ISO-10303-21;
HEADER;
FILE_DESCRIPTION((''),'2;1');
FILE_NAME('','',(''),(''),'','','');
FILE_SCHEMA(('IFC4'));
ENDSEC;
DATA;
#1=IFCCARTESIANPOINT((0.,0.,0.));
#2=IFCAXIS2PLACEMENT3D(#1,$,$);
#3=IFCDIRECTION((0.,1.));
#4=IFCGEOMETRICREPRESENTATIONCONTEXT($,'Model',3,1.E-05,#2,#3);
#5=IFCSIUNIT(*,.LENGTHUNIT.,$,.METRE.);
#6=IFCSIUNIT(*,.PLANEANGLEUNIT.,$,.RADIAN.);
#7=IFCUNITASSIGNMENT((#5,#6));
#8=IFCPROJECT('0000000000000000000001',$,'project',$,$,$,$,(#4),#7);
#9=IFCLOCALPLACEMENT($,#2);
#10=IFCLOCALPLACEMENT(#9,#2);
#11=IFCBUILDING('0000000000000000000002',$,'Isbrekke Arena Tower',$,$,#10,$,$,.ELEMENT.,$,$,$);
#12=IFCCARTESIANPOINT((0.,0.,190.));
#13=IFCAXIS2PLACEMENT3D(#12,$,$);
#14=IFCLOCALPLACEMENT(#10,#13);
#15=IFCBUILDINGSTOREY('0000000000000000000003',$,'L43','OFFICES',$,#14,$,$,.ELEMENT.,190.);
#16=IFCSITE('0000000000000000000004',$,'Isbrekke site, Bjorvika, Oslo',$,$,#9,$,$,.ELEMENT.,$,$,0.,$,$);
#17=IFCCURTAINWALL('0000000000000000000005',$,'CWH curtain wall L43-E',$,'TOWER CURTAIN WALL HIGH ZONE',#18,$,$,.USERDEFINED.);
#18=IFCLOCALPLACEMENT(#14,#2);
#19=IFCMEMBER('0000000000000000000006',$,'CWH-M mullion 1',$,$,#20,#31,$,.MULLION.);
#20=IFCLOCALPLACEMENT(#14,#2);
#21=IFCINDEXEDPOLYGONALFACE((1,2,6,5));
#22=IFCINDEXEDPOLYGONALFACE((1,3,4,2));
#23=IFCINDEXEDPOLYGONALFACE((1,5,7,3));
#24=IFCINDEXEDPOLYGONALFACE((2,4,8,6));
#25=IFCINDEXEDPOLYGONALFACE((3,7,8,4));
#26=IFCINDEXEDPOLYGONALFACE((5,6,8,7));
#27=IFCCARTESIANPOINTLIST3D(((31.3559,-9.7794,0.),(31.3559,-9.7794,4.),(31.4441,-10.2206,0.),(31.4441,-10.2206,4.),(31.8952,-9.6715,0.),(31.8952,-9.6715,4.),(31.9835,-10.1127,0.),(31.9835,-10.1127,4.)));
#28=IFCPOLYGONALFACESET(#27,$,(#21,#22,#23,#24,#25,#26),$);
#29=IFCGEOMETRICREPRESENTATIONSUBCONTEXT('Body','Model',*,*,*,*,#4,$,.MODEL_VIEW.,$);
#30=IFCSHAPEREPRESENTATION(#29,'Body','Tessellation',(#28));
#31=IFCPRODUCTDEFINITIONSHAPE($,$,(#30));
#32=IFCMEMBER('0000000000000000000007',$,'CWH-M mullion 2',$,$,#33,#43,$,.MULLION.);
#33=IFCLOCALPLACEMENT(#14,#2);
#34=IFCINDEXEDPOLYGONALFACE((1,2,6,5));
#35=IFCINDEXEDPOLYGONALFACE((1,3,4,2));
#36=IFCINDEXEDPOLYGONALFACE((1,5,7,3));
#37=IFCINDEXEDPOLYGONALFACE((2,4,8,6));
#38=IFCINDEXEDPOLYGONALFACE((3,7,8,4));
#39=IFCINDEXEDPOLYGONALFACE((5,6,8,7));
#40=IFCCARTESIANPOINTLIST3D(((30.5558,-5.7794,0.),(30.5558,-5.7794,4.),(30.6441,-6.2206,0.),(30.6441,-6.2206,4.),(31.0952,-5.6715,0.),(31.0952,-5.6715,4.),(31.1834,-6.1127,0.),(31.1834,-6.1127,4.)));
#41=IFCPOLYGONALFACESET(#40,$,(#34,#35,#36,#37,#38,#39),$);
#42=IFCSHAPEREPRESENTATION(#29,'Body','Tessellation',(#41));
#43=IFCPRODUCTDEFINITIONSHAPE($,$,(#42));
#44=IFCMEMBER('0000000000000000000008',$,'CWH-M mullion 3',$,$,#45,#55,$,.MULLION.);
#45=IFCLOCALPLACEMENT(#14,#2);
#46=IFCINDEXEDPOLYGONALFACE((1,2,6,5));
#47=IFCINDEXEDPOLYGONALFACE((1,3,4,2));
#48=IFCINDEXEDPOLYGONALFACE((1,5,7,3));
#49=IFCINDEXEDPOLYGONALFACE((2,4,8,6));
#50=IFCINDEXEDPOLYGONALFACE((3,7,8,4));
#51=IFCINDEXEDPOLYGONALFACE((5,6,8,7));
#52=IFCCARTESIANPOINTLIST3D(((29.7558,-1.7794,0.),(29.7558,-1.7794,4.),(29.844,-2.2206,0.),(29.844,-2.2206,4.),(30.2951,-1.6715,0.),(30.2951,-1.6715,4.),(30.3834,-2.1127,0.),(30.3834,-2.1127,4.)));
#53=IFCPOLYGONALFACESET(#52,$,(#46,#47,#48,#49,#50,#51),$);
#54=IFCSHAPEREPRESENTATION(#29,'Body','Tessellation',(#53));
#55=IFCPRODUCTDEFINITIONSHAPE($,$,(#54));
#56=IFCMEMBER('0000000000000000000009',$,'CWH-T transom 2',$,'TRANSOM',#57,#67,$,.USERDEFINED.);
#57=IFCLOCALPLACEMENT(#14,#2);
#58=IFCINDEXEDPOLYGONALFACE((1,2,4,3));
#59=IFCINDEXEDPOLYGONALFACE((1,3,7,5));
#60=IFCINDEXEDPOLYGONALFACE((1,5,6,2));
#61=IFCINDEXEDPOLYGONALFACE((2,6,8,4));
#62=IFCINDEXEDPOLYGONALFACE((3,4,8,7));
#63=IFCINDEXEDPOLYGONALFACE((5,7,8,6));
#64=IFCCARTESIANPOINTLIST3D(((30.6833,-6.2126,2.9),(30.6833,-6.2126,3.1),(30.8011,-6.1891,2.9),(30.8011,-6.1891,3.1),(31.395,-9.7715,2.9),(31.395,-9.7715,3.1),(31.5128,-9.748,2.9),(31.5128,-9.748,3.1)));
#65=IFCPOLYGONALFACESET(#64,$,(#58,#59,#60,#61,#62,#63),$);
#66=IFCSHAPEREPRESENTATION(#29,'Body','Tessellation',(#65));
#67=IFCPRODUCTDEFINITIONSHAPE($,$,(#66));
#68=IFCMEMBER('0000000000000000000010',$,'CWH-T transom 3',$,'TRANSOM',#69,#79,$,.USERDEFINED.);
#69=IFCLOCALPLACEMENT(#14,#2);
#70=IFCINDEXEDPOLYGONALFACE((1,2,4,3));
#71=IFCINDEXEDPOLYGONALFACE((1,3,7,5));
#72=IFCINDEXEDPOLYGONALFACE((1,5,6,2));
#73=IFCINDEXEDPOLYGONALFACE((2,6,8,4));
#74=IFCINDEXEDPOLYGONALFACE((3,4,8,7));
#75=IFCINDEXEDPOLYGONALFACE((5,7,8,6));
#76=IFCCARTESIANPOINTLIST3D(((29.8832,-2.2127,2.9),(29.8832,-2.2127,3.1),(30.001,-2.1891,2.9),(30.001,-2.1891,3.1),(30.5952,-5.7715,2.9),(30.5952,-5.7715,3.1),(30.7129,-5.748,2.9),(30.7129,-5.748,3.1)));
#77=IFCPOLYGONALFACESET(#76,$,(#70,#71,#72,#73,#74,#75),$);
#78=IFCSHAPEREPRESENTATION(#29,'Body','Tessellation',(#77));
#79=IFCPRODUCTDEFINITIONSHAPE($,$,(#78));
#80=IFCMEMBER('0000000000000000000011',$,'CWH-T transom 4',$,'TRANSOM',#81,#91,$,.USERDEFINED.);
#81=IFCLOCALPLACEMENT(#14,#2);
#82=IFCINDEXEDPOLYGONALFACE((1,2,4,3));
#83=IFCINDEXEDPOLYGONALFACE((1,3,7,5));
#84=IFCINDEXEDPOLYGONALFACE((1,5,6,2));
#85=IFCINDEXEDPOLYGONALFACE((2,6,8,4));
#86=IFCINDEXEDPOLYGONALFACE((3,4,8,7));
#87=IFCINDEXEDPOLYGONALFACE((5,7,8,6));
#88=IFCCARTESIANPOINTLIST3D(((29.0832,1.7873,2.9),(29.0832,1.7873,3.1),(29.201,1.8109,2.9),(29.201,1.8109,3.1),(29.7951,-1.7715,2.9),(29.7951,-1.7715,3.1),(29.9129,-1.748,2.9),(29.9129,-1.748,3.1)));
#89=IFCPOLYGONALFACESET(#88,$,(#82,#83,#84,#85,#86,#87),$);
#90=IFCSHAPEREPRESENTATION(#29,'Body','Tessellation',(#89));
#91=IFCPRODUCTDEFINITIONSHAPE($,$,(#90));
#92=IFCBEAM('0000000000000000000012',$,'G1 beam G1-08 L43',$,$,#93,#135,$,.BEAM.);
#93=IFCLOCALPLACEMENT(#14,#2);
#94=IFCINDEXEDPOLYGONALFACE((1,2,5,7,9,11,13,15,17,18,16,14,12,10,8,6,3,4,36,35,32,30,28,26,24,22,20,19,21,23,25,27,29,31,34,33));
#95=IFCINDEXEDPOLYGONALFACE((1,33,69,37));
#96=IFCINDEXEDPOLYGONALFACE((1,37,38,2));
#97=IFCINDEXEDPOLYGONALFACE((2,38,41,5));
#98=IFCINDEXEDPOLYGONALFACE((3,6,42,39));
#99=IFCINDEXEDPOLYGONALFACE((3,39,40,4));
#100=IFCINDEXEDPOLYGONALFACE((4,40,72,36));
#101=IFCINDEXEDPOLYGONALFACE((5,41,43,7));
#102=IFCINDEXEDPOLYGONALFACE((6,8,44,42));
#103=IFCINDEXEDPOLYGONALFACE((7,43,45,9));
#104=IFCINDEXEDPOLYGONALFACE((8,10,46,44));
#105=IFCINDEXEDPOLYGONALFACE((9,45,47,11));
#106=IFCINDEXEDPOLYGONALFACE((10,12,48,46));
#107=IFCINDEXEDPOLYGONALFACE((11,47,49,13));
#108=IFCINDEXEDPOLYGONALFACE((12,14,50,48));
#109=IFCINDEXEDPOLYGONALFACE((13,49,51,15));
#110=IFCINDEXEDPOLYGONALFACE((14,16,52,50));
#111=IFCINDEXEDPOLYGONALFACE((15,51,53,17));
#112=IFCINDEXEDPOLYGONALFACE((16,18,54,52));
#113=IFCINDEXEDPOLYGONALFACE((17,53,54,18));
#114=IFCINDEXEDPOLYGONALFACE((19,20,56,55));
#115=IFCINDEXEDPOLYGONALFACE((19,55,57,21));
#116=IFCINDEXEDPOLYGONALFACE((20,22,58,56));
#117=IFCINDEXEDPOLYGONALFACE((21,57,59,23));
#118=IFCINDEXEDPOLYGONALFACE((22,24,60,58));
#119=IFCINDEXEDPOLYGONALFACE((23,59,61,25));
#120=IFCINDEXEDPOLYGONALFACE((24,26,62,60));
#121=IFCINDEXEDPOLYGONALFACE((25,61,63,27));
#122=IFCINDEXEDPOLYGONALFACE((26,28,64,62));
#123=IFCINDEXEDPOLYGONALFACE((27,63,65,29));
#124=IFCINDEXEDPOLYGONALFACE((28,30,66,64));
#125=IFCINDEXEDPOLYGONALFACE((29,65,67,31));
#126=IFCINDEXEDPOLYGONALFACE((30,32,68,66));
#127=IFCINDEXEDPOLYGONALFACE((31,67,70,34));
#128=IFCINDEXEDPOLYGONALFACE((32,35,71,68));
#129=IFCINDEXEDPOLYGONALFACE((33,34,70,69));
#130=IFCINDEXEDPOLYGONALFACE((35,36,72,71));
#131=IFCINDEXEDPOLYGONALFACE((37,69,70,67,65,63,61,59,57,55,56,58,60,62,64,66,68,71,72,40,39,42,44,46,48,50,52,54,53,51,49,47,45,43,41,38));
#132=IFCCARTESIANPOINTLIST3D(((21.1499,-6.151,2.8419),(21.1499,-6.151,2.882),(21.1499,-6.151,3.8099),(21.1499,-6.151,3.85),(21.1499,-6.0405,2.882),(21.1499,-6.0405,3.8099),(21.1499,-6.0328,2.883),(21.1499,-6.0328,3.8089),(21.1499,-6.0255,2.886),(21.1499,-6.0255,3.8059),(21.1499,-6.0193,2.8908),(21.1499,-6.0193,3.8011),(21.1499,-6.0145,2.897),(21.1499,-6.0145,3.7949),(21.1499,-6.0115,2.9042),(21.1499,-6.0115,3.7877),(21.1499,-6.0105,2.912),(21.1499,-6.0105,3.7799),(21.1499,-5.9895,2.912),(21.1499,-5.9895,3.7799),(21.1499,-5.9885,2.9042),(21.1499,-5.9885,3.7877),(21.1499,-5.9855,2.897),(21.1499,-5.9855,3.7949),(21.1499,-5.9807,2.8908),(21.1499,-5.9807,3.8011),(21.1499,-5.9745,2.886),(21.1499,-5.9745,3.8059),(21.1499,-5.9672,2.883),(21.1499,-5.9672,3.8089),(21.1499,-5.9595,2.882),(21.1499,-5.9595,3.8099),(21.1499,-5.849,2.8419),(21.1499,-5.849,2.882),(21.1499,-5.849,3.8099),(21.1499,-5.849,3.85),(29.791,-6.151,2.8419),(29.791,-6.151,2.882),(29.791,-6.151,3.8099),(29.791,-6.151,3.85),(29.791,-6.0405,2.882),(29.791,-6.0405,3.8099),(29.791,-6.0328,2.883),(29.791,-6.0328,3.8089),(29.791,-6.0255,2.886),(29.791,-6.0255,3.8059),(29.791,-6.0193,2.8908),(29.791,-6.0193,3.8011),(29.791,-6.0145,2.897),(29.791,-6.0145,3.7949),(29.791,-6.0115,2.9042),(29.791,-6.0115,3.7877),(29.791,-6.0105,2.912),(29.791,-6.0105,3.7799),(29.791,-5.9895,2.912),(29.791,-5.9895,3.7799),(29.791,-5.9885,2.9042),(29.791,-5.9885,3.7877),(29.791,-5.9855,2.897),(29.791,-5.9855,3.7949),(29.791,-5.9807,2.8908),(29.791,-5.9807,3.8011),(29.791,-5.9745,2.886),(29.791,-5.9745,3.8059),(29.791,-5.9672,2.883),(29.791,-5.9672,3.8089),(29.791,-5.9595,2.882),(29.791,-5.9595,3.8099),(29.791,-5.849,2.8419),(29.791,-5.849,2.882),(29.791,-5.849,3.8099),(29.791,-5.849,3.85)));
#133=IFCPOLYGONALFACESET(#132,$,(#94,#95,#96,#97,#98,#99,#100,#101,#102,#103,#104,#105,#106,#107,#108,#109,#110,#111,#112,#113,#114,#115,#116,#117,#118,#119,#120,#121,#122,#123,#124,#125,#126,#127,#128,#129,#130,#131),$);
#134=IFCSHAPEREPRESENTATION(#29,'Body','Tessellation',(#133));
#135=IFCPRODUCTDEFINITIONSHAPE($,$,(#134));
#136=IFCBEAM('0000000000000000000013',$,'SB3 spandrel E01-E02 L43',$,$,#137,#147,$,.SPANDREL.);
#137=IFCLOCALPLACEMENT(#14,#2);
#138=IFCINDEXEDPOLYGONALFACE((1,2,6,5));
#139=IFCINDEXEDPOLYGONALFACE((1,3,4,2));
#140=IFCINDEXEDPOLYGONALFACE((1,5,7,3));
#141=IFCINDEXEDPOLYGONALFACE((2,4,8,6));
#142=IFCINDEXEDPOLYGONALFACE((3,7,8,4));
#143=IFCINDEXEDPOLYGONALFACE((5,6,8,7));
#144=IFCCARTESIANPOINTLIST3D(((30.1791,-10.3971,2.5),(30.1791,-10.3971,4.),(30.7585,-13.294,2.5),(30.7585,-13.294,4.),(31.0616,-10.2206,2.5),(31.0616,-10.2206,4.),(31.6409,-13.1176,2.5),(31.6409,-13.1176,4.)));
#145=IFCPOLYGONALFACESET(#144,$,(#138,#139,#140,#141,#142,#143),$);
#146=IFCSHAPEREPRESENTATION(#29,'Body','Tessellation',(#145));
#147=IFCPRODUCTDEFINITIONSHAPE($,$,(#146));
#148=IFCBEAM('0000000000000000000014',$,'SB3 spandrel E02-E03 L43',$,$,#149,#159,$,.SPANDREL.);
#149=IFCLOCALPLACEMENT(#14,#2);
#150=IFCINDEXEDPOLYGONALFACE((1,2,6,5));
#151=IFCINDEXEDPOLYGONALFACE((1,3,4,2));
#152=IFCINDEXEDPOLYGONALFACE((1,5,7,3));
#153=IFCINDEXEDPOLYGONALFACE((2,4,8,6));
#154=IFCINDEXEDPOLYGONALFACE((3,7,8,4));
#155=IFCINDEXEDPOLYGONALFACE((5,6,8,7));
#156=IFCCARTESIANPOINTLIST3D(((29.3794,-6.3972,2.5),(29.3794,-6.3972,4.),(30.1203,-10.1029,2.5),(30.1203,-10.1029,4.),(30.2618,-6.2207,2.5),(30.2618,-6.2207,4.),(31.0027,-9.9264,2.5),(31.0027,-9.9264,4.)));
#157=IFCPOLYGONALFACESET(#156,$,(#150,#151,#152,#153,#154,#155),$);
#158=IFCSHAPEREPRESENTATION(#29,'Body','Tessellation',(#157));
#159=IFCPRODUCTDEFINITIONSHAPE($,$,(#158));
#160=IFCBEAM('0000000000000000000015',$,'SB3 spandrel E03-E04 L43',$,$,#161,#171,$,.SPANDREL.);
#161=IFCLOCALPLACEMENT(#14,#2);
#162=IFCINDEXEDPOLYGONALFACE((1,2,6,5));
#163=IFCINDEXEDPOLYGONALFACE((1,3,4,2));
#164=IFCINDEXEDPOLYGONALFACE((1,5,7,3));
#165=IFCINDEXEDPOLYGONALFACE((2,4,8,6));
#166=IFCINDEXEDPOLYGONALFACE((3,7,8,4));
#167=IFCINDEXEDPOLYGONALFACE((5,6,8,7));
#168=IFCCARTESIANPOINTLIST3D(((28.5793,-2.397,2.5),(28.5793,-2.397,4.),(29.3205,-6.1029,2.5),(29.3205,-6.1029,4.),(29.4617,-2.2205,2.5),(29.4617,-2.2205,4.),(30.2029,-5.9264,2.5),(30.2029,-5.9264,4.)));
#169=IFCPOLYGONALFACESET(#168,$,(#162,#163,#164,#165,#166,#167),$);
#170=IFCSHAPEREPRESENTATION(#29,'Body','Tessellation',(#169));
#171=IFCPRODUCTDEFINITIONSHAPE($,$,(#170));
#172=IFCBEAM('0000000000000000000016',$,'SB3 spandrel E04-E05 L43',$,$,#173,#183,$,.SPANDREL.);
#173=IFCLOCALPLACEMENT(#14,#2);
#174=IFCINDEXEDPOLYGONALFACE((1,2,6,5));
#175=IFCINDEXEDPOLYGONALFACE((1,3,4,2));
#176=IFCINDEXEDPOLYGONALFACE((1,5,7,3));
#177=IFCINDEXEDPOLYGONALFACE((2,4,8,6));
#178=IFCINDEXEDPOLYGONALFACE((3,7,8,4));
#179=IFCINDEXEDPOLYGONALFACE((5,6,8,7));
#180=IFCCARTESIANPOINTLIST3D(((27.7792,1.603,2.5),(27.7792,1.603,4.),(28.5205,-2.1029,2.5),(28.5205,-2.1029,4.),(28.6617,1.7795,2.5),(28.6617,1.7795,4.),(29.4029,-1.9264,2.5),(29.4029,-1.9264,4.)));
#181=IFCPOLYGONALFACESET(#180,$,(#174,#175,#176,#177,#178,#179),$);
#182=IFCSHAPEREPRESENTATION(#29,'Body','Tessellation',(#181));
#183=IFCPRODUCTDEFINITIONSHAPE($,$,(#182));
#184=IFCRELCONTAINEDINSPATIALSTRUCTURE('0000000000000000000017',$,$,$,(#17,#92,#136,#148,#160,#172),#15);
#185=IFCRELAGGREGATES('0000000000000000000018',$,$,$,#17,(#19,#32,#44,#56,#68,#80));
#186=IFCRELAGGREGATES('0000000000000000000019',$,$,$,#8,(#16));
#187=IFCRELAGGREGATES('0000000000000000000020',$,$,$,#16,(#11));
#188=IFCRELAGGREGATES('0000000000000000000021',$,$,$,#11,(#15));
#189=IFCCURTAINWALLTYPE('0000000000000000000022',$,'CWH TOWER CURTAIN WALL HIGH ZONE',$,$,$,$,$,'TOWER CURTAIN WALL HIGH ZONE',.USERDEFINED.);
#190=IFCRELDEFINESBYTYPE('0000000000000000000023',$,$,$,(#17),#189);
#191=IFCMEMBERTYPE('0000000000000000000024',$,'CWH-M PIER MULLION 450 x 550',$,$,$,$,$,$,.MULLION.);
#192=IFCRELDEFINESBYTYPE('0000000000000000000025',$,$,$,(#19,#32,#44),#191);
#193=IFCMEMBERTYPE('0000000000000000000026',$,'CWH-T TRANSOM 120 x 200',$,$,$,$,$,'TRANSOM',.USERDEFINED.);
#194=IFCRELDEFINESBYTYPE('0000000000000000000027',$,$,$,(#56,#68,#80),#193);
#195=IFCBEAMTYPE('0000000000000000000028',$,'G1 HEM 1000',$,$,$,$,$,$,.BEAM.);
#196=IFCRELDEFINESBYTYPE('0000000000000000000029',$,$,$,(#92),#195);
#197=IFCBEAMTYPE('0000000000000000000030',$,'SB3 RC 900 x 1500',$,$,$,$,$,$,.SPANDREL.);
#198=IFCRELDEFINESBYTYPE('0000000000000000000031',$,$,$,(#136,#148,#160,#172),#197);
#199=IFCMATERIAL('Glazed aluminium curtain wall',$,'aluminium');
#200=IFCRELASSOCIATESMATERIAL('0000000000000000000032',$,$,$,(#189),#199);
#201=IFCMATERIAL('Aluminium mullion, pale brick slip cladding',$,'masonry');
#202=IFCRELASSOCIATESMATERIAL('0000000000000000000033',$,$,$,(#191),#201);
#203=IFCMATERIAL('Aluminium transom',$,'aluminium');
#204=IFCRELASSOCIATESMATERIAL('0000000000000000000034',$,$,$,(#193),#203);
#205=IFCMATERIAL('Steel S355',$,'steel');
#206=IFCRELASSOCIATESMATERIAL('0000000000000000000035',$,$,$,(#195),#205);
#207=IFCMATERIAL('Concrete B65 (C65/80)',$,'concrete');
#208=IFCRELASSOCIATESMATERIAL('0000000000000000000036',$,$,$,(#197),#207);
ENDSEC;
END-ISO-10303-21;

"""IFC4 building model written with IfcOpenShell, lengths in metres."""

from ifc_helpers import new_model, si_unit, direction, frame, origin, origin_2d, place, context, subcontext, project, spatial, rectangle, i_section, extrude, material, material_profile, profile_set, type_object, element, aggregate, save


model = new_model("IFC4")

# Units and contexts
model_context = context("Model", 3, precision=1e-05, world=origin(), true_north=direction((0.0, 1.0)))
body_context = subcontext(model_context, "Body", "Model", "MODEL_VIEW")
ifc_project = project(units=[si_unit("LENGTHUNIT", "METRE"), si_unit("PLANEANGLEUNIT", "RADIAN")], contexts=[model_context])

# Site, building, storey
site_placement = place(None, origin())
site = spatial("IfcSite", under=ifc_project, at=site_placement, Name="Isbrekke site, Bjorvika, Oslo", CompositionType="ELEMENT", RefElevation=0.0)
building_placement = place(site_placement, origin())
building = spatial("IfcBuilding", under=site, at=building_placement, Name="Isbrekke Arena Tower", CompositionType="ELEMENT")
storey_placement = place(building_placement, frame((0.0, 0.0, 190.0)))
storey = spatial("IfcBuildingStorey", under=building, at=storey_placement, Name="L43", Description="OFFICES", CompositionType="ELEMENT", Elevation=190.0)

# Curtain wall, members
ifc_material_1 = material(Name="Glazed aluminium curtain wall", Category="aluminium")
curtain_wall_type = type_object("IfcCurtainWallType", Name="CWH TOWER CURTAIN WALL HIGH ZONE", ElementType="TOWER CURTAIN WALL HIGH ZONE", PredefinedType="USERDEFINED", material=ifc_material_1)
curtain_wall_placement = place(storey_placement, origin())
curtain_wall = element("IfcCurtainWall", 1, at=curtain_wall_placement, inside=storey, type_object=curtain_wall_type, Name="CWH curtain wall L43-E", ObjectType="TOWER CURTAIN WALL HIGH ZONE", PredefinedType="USERDEFINED")
ifc_material_2 = material(Name="Aluminium mullion, pale brick slip cladding", Category="masonry")
ifc_material_profile_1 = material_profile(ifc_material_2, rectangle(XDim=0.45, YDim=0.55, at=origin_2d()), Name="PIER 450X550")
ifc_profile_set_1 = profile_set([ifc_material_profile_1], Name="Aluminium mullion, pale brick slip cladding")
member_type_1 = type_object("IfcMemberType", Name="CWH-M PIER MULLION 450 x 550", PredefinedType="MULLION", material=ifc_profile_set_1)
member_1_placement = place(storey_placement, frame((31.6697, -9.946, 0.0), z_axis=(0.0, 0.0, 1.0), x_axis=(-0.196116, 0.980581, 0.0)))
member_1 = element("IfcMember", 2, at=member_1_placement, type_object=member_type_1, Name="CWH-M mullion 1", PredefinedType="MULLION", context=body_context, shape_type="SweptSolid", body=[
    extrude(rectangle(XDim=0.45, YDim=0.55, at=origin_2d()), origin(), (0.0, 0.0, 1.0), 4.0),
])
member_2_placement = place(storey_placement, frame((30.8696, -5.946, 0.0), z_axis=(0.0, 0.0, 1.0), x_axis=(-0.196116, 0.980581, 0.0)))
member_2 = element("IfcMember", 3, at=member_2_placement, type_object=member_type_1, Name="CWH-M mullion 2", PredefinedType="MULLION", context=body_context, shape_type="SweptSolid", body=[
    extrude(rectangle(XDim=0.45, YDim=0.55, at=origin_2d()), origin(), (0.0, 0.0, 1.0), 4.0),
])
member_3_placement = place(storey_placement, frame((30.0696, -1.946, 0.0), z_axis=(0.0, 0.0, 1.0), x_axis=(-0.196116, 0.980581, 0.0)))
member_3 = element("IfcMember", 4, at=member_3_placement, type_object=member_type_1, Name="CWH-M mullion 3", PredefinedType="MULLION", context=body_context, shape_type="SweptSolid", body=[
    extrude(rectangle(XDim=0.45, YDim=0.55, at=origin_2d()), origin(), (0.0, 0.0, 1.0), 4.0),
])
ifc_material_3 = material(Name="Aluminium transom", Category="aluminium")
ifc_material_profile_2 = material_profile(ifc_material_3, rectangle(XDim=0.1201, YDim=0.2, at=origin_2d()), Name="TRANSOM 120X200")
ifc_profile_set_2 = profile_set([ifc_material_profile_2], Name="Aluminium transom")
member_type_2 = type_object("IfcMemberType", Name="CWH-T TRANSOM 120 x 200", ElementType="TRANSOM", PredefinedType="USERDEFINED", material=ifc_profile_set_2)
member_4_placement = place(storey_placement, frame((31.4539, -9.7598, 3.0), z_axis=(-0.19609, 0.980586, 0.0), x_axis=(-0.980586, -0.19609, 0.0)))
member_4 = element("IfcMember", 5, at=member_4_placement, type_object=member_type_2, Name="CWH-T transom 2", ObjectType="TRANSOM", PredefinedType="USERDEFINED", context=body_context, shape_type="SweptSolid", body=[
    extrude(rectangle(XDim=0.1201, YDim=0.2, at=origin_2d()), origin(), (0.0, 0.0, 1.0), 3.6294),
])
member_5_placement = place(storey_placement, frame((30.6541, -5.7598, 3.0), z_axis=(-0.196155, 0.980573, 0.0), x_axis=(-0.980573, -0.196155, 0.0)))
member_5 = element("IfcMember", 6, at=member_5_placement, type_object=member_type_2, Name="CWH-T transom 3", ObjectType="TRANSOM", PredefinedType="USERDEFINED", context=body_context, shape_type="SweptSolid", body=[
    extrude(rectangle(XDim=0.1201, YDim=0.2, at=origin_2d()), origin(), (0.0, 0.0, 1.0), 3.6294),
])
member_6_placement = place(storey_placement, frame((29.854, -1.7598, 3.0), z_axis=(-0.196155, 0.980573, 0.0), x_axis=(-0.980573, -0.196155, 0.0)))
member_6 = element("IfcMember", 7, at=member_6_placement, type_object=member_type_2, Name="CWH-T transom 4", ObjectType="TRANSOM", PredefinedType="USERDEFINED", context=body_context, shape_type="SweptSolid", body=[
    extrude(rectangle(XDim=0.1201, YDim=0.2, at=origin_2d()), origin(), (0.0, 0.0, 1.0), 3.6294),
])

# Beams
ifc_material_4 = material(Name="Steel S355", Category="steel")
ifc_material_profile_3 = material_profile(ifc_material_4, i_section(OverallWidth=0.302, OverallDepth=1.0081, WebThickness=0.021, FlangeThickness=0.04, FilletRadius=0.03, at=origin_2d()), Name="HEM 1000")
ifc_profile_set_3 = profile_set([ifc_material_profile_3], Name="Steel S355")
beam_type_1 = type_object("IfcBeamType", Name="G1 HEM 1000", PredefinedType="BEAM", material=ifc_profile_set_3)
beam_1_placement = place(storey_placement, frame((21.1499, -6.0, 3.3459), z_axis=(1.0, 0.0, 0.0), x_axis=(0.0, 1.0, 0.0)))
element("IfcBeam", 8, at=beam_1_placement, inside=storey, type_object=beam_type_1, Name="G1 beam G1-08 L43", PredefinedType="BEAM", context=body_context, shape_type="SweptSolid", body=[
    extrude(i_section(OverallWidth=0.302, OverallDepth=1.0081, WebThickness=0.021, FlangeThickness=0.04, FilletRadius=0.03, at=origin_2d()), origin(), (0.0, 0.0, 1.0), 8.6411),
])
ifc_material_5 = material(Name="Concrete B65 (C65/80)", Category="concrete")
ifc_material_profile_4 = material_profile(ifc_material_5, rectangle(XDim=0.8999, YDim=1.5, at=origin_2d()), Name="RC 900x1500")
ifc_profile_set_4 = profile_set([ifc_material_profile_4], Name="Concrete B65 (C65/80)")
beam_type_2 = type_object("IfcBeamType", Name="SB3 RC 900 x 1500", PredefinedType="SPANDREL", material=ifc_profile_set_4)
beam_2_placement = place(storey_placement, frame((31.1997, -13.2058, 3.25), z_axis=(-0.1961, 0.980584, 0.0), x_axis=(-0.980584, -0.1961, 0.0)))
element("IfcBeam", 9, at=beam_2_placement, inside=storey, type_object=beam_type_2, Name="SB3 spandrel E01-E02 L43", PredefinedType="SPANDREL", context=body_context, shape_type="SweptSolid", body=[
    extrude(rectangle(XDim=0.8999, YDim=1.5, at=origin_2d()), origin(), (0.0, 0.0, 1.0), 2.9543),
])
beam_3_placement = place(storey_placement, frame((30.5615, -10.0146, 3.25), z_axis=(-0.196066, 0.980591, 0.0), x_axis=(-0.980591, -0.196066, 0.0)))
element("IfcBeam", 10, at=beam_3_placement, inside=storey, type_object=beam_type_2, Name="SB3 spandrel E02-E03 L43", PredefinedType="SPANDREL", context=body_context, shape_type="SweptSolid", body=[
    extrude(rectangle(XDim=0.8999, YDim=1.5, at=origin_2d()), origin(), (0.0, 0.0, 1.0), 3.7791),
])
for number, where, z_axis, x_axis, name in (
    (11, (29.7617, -6.0146, 3.25), (-0.196129, 0.980578, 0.0), (-0.980578, -0.196129, 0.0), "SB3 spandrel E03-E04 L43"),
    (12, (28.9617, -2.0146, 3.25), (-0.196129, 0.980578, 0.0), (-0.980578, -0.196129, 0.0), "SB3 spandrel E04-E05 L43"),
):
    element("IfcBeam", number, at=place(storey_placement, frame(where, z_axis=z_axis, x_axis=x_axis)), inside=storey, type_object=beam_type_2, Name=name, PredefinedType="SPANDREL", context=body_context, shape_type="SweptSolid", body=[
        extrude(rectangle(XDim=0.8999, YDim=1.5, at=origin_2d()), origin(), (0.0, 0.0, 1.0), 3.7793),
    ])

aggregate(curtain_wall, [member_1, member_2, member_3, member_4, member_5, member_6])

save(model, "model.ifc")
